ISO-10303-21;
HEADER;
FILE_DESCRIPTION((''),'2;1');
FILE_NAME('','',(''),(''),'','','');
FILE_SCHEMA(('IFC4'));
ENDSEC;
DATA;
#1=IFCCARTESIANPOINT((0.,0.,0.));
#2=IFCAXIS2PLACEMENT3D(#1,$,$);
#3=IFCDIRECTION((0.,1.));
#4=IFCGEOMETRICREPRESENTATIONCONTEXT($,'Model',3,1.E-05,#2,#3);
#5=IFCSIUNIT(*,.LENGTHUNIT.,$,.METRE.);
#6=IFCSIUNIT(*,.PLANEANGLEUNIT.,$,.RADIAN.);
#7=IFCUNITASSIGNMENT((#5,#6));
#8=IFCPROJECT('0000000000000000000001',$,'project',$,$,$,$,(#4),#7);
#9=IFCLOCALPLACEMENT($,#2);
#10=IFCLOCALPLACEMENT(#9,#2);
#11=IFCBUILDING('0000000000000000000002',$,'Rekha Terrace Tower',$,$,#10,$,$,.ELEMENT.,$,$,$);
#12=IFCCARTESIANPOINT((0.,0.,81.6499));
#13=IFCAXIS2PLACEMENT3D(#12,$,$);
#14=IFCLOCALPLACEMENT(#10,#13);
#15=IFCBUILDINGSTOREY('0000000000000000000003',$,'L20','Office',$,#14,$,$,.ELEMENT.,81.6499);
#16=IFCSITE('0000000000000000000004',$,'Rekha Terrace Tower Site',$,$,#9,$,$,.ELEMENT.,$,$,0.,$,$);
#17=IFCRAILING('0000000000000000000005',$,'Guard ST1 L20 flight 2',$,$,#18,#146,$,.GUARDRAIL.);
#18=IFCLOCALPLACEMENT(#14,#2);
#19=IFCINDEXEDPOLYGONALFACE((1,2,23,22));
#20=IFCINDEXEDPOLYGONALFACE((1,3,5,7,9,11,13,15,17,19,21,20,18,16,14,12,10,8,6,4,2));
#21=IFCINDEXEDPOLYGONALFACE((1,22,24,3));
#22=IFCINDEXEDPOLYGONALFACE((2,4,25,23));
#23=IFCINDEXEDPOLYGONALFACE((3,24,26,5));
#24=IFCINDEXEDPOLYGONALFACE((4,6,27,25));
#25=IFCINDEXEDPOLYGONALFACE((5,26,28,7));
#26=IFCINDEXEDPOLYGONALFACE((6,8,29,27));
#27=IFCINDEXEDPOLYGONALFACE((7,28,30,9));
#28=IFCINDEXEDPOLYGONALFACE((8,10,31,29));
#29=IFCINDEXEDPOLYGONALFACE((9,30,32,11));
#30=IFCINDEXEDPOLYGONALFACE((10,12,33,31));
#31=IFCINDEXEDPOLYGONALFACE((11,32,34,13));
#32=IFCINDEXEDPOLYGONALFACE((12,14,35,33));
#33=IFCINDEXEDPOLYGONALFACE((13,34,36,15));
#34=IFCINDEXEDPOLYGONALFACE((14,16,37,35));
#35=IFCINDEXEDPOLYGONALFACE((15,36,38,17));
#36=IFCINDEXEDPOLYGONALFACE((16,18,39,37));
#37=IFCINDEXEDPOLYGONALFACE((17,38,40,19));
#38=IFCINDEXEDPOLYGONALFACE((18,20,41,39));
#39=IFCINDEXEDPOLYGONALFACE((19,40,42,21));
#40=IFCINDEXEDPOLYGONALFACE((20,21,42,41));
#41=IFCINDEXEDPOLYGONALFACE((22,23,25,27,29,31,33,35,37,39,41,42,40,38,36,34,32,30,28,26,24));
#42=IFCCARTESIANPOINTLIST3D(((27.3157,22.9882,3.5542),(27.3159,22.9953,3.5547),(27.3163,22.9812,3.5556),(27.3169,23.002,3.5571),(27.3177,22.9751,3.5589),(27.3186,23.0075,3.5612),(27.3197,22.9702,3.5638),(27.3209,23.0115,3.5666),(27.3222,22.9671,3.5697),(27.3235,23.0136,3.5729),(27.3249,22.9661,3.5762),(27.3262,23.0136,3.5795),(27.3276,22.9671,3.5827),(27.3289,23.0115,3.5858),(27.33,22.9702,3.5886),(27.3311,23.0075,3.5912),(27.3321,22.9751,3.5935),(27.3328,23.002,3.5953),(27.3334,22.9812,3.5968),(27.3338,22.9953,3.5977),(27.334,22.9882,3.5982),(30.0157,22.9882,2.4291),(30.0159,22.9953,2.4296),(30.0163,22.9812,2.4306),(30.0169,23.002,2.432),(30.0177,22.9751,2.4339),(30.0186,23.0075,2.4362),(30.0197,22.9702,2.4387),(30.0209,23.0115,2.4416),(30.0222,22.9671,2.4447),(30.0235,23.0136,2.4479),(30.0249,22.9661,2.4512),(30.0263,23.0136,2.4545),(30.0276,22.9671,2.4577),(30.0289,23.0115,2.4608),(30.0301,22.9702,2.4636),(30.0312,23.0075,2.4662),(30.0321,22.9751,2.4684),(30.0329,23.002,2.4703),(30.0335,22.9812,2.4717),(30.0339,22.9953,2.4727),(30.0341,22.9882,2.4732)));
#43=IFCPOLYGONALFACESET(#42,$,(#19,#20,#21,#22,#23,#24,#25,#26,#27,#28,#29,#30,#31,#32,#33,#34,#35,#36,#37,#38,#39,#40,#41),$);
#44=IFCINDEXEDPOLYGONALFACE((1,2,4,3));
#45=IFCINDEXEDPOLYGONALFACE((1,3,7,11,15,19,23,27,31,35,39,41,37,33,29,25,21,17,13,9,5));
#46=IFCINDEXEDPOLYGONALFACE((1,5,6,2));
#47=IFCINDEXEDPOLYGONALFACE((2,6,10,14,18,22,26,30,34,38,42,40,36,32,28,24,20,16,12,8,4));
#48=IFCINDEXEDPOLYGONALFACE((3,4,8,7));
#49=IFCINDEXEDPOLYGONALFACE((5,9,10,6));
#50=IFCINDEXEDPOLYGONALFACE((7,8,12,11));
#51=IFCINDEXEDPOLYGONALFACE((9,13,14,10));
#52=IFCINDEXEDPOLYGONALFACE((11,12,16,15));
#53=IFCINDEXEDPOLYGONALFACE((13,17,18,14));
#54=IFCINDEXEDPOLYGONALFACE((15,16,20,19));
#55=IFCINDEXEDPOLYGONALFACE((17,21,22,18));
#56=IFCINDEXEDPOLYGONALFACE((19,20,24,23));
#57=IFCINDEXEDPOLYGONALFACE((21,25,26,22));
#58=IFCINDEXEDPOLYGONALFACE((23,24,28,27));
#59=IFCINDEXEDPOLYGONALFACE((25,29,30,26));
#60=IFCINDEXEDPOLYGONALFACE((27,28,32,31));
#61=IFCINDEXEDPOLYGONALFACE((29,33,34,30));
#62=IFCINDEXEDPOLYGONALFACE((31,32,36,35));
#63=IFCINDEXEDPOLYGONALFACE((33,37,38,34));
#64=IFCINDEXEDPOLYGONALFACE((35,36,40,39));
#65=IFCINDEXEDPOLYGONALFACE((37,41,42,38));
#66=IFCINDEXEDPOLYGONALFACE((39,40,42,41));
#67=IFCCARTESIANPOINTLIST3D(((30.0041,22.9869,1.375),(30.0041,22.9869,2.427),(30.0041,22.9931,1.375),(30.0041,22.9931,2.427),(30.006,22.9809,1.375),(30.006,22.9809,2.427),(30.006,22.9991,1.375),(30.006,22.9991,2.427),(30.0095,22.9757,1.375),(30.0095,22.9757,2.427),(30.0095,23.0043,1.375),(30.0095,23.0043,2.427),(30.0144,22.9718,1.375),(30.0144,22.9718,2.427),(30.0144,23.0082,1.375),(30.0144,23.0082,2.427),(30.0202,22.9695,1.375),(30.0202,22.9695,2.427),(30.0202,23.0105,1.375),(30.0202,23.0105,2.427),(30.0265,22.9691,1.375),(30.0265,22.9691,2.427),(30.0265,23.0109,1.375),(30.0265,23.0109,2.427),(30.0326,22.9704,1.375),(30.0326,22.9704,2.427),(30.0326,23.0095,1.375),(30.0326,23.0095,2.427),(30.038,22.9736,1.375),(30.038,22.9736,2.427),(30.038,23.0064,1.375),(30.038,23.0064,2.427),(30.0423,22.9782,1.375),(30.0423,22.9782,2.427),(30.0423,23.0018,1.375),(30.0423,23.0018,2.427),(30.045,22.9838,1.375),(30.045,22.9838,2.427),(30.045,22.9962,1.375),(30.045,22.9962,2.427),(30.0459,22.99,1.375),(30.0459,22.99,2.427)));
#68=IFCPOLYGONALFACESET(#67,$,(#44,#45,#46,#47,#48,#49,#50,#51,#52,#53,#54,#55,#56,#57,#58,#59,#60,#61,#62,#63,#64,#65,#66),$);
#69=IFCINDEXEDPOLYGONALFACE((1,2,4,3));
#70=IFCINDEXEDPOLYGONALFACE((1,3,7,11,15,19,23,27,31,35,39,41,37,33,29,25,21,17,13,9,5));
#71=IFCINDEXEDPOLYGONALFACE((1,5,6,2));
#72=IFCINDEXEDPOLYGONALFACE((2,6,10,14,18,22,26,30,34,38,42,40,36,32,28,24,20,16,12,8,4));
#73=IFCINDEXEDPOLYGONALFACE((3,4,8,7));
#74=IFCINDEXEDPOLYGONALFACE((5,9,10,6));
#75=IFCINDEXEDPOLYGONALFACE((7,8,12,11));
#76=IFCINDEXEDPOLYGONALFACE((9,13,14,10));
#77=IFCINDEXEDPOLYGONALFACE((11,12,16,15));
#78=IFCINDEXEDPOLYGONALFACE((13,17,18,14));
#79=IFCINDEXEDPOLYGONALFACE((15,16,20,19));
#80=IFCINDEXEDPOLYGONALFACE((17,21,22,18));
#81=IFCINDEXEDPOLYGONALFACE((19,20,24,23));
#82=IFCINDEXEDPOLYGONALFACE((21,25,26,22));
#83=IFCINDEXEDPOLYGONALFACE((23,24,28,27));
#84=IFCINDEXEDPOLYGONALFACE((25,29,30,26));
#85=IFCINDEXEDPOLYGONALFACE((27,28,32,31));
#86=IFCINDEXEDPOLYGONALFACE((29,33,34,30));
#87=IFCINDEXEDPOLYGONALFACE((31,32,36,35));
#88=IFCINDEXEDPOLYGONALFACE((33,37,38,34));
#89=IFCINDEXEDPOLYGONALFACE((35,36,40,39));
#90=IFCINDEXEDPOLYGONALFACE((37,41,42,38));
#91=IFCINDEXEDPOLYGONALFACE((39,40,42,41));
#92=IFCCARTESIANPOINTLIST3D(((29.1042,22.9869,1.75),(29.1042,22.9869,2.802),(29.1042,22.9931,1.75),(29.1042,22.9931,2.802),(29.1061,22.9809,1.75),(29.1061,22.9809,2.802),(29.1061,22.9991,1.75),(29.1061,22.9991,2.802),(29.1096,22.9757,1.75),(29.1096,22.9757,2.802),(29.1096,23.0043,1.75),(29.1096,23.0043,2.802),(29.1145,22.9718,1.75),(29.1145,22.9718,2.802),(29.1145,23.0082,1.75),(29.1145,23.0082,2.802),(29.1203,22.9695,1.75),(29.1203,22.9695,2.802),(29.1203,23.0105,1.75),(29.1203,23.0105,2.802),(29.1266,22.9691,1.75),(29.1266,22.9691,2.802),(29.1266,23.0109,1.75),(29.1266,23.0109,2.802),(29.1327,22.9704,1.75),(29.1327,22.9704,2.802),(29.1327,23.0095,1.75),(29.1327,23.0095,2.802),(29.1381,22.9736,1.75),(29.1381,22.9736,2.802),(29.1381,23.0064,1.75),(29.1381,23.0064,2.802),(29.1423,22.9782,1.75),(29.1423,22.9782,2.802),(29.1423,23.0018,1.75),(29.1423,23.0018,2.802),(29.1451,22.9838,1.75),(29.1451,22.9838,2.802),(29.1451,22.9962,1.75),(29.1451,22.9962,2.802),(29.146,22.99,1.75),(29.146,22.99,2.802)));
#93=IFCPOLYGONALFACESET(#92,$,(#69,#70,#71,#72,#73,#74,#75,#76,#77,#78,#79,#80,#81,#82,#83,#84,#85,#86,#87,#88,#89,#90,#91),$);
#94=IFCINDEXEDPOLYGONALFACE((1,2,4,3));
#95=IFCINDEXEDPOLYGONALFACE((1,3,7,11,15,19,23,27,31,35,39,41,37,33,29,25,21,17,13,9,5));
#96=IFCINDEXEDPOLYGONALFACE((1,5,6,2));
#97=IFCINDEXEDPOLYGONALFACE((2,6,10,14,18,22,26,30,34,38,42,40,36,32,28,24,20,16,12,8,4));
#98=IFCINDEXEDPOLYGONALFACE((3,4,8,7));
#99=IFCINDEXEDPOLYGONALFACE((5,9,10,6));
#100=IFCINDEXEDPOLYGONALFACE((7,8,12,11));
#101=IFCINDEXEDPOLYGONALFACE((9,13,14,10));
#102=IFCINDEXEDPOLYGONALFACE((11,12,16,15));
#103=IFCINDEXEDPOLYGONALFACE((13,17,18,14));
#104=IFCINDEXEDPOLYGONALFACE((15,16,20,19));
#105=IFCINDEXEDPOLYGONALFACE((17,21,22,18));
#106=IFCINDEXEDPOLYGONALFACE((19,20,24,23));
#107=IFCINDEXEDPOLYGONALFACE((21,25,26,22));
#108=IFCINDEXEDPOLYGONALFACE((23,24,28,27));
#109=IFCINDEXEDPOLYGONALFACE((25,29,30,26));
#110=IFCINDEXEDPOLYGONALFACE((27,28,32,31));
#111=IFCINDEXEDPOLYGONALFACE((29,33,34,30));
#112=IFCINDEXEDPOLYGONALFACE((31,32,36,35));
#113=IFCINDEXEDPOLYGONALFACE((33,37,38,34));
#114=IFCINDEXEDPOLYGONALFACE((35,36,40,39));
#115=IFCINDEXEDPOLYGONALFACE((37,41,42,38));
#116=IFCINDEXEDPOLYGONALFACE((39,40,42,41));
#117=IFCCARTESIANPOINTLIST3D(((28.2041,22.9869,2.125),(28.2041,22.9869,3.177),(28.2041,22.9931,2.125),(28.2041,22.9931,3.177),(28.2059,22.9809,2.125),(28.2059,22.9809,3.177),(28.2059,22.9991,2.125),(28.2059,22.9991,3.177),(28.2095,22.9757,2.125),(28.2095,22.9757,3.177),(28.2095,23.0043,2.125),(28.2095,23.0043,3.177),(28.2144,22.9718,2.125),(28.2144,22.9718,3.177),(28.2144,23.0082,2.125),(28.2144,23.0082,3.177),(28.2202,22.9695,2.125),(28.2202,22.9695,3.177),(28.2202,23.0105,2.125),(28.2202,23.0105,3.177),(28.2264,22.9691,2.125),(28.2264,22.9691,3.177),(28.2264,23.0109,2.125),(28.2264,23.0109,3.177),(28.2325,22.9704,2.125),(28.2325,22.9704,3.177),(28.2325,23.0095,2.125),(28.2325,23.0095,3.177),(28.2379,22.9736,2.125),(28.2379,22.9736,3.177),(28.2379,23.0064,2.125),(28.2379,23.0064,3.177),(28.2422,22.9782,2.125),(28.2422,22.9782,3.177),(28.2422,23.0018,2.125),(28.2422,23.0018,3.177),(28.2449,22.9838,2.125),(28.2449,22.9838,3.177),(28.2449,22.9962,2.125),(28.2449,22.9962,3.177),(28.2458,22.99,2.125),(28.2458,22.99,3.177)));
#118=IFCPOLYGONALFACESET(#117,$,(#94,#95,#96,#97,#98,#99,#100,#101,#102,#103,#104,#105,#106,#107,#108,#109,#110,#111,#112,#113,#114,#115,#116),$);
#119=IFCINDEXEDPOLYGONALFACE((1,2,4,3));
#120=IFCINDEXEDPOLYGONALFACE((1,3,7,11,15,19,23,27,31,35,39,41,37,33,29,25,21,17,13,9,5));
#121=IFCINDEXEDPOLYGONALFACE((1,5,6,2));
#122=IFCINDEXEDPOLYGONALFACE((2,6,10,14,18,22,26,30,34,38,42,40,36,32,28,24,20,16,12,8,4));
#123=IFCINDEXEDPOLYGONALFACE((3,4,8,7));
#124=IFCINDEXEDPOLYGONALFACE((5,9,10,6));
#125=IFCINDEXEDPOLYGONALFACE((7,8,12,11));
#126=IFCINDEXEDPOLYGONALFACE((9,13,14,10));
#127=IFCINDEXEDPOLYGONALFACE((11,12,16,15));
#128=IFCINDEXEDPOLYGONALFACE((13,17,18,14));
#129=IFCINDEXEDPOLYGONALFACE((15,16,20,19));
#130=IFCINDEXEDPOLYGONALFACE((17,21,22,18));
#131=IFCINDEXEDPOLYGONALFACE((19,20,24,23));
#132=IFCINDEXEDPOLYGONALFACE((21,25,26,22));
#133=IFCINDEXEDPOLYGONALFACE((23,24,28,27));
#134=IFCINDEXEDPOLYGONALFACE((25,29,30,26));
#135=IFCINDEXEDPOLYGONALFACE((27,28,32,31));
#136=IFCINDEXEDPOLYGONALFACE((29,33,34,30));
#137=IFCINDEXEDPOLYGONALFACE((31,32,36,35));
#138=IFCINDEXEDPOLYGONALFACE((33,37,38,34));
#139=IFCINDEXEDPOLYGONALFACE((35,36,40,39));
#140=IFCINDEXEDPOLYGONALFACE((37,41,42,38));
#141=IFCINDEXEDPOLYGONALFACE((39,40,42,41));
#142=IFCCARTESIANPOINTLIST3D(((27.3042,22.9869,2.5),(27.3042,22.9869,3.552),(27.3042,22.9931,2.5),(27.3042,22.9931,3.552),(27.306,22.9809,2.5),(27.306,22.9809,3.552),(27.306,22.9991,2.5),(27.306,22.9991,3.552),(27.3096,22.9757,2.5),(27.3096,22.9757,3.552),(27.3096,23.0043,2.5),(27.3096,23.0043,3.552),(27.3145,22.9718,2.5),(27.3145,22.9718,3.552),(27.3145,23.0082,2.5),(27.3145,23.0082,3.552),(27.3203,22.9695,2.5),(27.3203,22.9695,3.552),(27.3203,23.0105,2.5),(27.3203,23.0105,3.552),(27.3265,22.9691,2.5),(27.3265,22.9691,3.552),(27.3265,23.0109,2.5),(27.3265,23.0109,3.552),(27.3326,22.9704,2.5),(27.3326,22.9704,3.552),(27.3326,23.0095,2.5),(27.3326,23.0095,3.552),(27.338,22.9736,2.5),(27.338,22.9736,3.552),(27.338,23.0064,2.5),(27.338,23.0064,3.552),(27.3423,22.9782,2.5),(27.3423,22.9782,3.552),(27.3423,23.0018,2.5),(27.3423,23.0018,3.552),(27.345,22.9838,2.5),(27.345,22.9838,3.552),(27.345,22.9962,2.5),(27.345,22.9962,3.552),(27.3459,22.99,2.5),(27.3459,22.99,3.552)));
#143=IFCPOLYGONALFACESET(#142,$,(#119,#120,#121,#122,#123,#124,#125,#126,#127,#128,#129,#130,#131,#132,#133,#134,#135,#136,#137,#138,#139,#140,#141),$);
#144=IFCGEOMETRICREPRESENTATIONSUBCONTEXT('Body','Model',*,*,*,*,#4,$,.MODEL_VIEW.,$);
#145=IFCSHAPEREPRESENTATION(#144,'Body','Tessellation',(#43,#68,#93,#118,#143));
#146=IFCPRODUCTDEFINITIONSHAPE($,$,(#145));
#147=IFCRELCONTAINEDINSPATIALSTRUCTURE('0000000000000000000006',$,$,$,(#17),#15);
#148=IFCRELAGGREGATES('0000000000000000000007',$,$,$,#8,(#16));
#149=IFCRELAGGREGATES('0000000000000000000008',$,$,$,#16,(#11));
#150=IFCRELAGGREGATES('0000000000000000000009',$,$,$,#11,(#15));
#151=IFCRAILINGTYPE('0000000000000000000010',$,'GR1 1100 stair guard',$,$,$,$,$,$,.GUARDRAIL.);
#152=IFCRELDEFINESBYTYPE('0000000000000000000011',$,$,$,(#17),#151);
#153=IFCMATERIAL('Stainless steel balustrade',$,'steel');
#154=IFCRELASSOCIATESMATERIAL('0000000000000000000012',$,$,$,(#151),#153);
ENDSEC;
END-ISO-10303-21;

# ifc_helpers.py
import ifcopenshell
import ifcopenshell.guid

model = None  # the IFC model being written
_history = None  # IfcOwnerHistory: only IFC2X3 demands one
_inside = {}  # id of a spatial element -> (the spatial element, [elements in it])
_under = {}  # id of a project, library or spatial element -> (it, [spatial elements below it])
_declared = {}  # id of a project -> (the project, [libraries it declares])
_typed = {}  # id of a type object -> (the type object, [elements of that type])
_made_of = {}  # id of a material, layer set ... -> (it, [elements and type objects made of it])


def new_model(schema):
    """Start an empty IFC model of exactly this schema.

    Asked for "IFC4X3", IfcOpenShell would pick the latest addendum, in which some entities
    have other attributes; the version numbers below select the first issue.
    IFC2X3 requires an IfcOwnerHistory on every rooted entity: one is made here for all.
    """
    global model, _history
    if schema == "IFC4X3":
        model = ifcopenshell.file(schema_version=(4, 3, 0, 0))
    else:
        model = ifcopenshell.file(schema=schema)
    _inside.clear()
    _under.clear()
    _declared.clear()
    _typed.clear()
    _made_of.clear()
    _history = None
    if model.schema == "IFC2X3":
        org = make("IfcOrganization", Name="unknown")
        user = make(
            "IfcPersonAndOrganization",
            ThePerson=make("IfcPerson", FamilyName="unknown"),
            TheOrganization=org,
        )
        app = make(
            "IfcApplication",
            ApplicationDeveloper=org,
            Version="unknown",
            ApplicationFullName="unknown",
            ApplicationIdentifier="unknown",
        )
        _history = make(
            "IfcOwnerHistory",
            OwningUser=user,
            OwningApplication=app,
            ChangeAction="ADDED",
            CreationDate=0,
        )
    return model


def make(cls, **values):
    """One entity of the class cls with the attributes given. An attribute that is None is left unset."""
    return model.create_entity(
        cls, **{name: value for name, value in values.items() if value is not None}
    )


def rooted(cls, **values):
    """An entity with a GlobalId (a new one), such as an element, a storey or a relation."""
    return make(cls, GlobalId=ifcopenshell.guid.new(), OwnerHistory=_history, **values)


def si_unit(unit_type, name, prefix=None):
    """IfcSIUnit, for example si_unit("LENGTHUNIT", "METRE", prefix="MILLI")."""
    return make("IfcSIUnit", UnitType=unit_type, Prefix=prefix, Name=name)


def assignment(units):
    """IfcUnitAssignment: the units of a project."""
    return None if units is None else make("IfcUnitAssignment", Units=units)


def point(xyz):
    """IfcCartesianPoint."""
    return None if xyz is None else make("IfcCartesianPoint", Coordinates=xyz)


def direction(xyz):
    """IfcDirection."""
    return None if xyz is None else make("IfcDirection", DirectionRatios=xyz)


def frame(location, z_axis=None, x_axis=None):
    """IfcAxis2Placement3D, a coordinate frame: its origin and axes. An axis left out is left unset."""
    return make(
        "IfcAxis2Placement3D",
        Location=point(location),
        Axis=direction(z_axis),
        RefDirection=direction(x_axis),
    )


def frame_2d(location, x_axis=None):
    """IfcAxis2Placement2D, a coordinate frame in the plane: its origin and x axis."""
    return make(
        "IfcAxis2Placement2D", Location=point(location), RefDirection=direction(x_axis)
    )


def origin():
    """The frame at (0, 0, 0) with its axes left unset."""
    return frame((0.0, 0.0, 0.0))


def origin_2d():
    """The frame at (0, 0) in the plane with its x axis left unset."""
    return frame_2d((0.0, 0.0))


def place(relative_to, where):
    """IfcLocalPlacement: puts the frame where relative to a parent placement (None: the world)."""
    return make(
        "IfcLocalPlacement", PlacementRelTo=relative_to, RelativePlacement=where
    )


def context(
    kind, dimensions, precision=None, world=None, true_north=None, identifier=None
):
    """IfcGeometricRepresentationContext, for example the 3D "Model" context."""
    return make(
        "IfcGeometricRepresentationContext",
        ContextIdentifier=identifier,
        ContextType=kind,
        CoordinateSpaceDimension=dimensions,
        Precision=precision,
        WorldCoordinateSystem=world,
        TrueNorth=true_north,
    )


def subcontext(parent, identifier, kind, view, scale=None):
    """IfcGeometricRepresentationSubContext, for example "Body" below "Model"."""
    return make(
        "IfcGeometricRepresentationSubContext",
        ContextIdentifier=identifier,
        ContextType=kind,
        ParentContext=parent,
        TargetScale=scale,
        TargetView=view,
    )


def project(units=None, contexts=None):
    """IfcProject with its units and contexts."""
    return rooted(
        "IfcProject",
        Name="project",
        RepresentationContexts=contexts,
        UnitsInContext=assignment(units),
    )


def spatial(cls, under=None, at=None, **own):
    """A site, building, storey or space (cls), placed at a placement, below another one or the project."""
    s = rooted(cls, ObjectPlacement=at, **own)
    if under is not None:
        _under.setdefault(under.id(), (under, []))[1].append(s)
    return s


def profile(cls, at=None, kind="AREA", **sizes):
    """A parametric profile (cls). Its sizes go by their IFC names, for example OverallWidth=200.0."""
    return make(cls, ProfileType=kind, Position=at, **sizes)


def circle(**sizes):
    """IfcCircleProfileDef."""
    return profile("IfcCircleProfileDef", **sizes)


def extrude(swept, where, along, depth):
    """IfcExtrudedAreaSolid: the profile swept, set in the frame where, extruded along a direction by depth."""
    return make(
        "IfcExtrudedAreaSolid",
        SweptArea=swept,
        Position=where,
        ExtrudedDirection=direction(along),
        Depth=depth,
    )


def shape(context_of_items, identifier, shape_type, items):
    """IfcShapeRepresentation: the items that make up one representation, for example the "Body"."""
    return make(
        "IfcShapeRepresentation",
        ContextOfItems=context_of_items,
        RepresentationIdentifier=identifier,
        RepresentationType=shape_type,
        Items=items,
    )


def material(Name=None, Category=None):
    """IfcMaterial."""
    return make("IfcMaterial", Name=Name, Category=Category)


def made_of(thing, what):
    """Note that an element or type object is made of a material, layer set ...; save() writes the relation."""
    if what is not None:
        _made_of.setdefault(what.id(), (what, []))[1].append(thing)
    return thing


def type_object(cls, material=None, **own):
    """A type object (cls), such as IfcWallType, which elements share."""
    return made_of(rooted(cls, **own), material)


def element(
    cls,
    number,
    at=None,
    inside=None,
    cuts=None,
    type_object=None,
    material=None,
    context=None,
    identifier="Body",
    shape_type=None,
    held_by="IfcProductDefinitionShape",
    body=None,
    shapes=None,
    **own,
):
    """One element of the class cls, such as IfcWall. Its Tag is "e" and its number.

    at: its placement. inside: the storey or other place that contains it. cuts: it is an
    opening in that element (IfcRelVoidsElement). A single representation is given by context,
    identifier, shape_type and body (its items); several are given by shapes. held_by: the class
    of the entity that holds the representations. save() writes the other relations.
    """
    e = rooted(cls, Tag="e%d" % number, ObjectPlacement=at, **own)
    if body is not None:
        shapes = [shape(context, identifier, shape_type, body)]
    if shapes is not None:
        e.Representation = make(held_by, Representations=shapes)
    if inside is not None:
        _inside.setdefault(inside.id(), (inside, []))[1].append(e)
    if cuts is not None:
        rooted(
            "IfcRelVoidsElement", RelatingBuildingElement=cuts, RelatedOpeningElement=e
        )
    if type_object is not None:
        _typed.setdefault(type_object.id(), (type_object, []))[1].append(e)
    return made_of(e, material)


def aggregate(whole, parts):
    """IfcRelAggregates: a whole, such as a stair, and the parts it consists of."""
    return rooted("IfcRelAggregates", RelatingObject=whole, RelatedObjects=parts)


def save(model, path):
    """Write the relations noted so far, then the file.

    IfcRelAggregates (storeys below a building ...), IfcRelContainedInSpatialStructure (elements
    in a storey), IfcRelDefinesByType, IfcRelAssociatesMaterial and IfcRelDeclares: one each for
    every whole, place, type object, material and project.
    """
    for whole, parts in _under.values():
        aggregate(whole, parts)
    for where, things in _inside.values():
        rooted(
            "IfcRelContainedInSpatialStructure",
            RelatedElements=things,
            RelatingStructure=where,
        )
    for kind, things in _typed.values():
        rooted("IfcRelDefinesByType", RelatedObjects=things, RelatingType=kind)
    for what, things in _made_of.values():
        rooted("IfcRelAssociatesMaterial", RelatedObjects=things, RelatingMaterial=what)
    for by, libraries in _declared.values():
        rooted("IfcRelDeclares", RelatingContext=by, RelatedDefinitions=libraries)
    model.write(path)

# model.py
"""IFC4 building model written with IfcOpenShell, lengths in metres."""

from ifc_helpers import new_model, si_unit, direction, frame, origin, origin_2d, place, context, subcontext, project, spatial, circle, extrude, material, type_object, element, save


model = new_model("IFC4")

# Units and contexts
model_context = context("Model", 3, precision=1e-05, world=origin(), true_north=direction((0.0, 1.0)))
body_context = subcontext(model_context, "Body", "Model", "MODEL_VIEW")
ifc_project = project(units=[si_unit("LENGTHUNIT", "METRE"), si_unit("PLANEANGLEUNIT", "RADIAN")], contexts=[model_context])

# Site, building, storey
site_placement = place(None, origin())
site = spatial("IfcSite", under=ifc_project, at=site_placement, Name="Rekha Terrace Tower Site", CompositionType="ELEMENT", RefElevation=0.0)
building_placement = place(site_placement, origin())
building = spatial("IfcBuilding", under=site, at=building_placement, Name="Rekha Terrace Tower", CompositionType="ELEMENT")
storey_placement = place(building_placement, frame((0.0, 0.0, 81.6499)))
storey = spatial("IfcBuildingStorey", under=building, at=storey_placement, Name="L20", Description="Office", CompositionType="ELEMENT", Elevation=81.6499)

# Railing
ifc_material_1 = material(Name="Stainless steel balustrade", Category="steel")
railing_type_1 = type_object("IfcRailingType", Name="GR1 1100 stair guard", PredefinedType="GUARDRAIL", material=ifc_material_1)
railing_1_placement = place(storey_placement, frame((30.0249, 22.99, 1.375)))
element("IfcRailing", 1, at=railing_1_placement, inside=storey, type_object=railing_type_1, Name="Guard ST1 L20 flight 2", PredefinedType="GUARDRAIL", context=body_context, shape_type="SweptSolid", body=[
    extrude(circle(Radius=0.0239, at=origin_2d()), frame((0.0, 0.0, 1.0762), z_axis=(-0.923074, 0.0, 0.384621), x_axis=(0.0, -1.0, 0.0)), (0.0, 0.0, 1.0), 2.925),
    extrude(circle(Radius=0.021, at=origin_2d()), origin(), (0.0, 0.0, 1.0), 1.052),
    extrude(circle(Radius=0.021, at=origin_2d()), frame((-0.8999, 0.0, 0.375)), (0.0, 0.0, 1.0), 1.052),
    extrude(circle(Radius=0.021, at=origin_2d()), frame((-1.8, 0.0, 0.75)), (0.0, 0.0, 1.0), 1.052),
    extrude(circle(Radius=0.021, at=origin_2d()), frame((-2.7, 0.0, 1.125)), (0.0, 0.0, 1.0), 1.052),
])

save(model, "model.ifc")
